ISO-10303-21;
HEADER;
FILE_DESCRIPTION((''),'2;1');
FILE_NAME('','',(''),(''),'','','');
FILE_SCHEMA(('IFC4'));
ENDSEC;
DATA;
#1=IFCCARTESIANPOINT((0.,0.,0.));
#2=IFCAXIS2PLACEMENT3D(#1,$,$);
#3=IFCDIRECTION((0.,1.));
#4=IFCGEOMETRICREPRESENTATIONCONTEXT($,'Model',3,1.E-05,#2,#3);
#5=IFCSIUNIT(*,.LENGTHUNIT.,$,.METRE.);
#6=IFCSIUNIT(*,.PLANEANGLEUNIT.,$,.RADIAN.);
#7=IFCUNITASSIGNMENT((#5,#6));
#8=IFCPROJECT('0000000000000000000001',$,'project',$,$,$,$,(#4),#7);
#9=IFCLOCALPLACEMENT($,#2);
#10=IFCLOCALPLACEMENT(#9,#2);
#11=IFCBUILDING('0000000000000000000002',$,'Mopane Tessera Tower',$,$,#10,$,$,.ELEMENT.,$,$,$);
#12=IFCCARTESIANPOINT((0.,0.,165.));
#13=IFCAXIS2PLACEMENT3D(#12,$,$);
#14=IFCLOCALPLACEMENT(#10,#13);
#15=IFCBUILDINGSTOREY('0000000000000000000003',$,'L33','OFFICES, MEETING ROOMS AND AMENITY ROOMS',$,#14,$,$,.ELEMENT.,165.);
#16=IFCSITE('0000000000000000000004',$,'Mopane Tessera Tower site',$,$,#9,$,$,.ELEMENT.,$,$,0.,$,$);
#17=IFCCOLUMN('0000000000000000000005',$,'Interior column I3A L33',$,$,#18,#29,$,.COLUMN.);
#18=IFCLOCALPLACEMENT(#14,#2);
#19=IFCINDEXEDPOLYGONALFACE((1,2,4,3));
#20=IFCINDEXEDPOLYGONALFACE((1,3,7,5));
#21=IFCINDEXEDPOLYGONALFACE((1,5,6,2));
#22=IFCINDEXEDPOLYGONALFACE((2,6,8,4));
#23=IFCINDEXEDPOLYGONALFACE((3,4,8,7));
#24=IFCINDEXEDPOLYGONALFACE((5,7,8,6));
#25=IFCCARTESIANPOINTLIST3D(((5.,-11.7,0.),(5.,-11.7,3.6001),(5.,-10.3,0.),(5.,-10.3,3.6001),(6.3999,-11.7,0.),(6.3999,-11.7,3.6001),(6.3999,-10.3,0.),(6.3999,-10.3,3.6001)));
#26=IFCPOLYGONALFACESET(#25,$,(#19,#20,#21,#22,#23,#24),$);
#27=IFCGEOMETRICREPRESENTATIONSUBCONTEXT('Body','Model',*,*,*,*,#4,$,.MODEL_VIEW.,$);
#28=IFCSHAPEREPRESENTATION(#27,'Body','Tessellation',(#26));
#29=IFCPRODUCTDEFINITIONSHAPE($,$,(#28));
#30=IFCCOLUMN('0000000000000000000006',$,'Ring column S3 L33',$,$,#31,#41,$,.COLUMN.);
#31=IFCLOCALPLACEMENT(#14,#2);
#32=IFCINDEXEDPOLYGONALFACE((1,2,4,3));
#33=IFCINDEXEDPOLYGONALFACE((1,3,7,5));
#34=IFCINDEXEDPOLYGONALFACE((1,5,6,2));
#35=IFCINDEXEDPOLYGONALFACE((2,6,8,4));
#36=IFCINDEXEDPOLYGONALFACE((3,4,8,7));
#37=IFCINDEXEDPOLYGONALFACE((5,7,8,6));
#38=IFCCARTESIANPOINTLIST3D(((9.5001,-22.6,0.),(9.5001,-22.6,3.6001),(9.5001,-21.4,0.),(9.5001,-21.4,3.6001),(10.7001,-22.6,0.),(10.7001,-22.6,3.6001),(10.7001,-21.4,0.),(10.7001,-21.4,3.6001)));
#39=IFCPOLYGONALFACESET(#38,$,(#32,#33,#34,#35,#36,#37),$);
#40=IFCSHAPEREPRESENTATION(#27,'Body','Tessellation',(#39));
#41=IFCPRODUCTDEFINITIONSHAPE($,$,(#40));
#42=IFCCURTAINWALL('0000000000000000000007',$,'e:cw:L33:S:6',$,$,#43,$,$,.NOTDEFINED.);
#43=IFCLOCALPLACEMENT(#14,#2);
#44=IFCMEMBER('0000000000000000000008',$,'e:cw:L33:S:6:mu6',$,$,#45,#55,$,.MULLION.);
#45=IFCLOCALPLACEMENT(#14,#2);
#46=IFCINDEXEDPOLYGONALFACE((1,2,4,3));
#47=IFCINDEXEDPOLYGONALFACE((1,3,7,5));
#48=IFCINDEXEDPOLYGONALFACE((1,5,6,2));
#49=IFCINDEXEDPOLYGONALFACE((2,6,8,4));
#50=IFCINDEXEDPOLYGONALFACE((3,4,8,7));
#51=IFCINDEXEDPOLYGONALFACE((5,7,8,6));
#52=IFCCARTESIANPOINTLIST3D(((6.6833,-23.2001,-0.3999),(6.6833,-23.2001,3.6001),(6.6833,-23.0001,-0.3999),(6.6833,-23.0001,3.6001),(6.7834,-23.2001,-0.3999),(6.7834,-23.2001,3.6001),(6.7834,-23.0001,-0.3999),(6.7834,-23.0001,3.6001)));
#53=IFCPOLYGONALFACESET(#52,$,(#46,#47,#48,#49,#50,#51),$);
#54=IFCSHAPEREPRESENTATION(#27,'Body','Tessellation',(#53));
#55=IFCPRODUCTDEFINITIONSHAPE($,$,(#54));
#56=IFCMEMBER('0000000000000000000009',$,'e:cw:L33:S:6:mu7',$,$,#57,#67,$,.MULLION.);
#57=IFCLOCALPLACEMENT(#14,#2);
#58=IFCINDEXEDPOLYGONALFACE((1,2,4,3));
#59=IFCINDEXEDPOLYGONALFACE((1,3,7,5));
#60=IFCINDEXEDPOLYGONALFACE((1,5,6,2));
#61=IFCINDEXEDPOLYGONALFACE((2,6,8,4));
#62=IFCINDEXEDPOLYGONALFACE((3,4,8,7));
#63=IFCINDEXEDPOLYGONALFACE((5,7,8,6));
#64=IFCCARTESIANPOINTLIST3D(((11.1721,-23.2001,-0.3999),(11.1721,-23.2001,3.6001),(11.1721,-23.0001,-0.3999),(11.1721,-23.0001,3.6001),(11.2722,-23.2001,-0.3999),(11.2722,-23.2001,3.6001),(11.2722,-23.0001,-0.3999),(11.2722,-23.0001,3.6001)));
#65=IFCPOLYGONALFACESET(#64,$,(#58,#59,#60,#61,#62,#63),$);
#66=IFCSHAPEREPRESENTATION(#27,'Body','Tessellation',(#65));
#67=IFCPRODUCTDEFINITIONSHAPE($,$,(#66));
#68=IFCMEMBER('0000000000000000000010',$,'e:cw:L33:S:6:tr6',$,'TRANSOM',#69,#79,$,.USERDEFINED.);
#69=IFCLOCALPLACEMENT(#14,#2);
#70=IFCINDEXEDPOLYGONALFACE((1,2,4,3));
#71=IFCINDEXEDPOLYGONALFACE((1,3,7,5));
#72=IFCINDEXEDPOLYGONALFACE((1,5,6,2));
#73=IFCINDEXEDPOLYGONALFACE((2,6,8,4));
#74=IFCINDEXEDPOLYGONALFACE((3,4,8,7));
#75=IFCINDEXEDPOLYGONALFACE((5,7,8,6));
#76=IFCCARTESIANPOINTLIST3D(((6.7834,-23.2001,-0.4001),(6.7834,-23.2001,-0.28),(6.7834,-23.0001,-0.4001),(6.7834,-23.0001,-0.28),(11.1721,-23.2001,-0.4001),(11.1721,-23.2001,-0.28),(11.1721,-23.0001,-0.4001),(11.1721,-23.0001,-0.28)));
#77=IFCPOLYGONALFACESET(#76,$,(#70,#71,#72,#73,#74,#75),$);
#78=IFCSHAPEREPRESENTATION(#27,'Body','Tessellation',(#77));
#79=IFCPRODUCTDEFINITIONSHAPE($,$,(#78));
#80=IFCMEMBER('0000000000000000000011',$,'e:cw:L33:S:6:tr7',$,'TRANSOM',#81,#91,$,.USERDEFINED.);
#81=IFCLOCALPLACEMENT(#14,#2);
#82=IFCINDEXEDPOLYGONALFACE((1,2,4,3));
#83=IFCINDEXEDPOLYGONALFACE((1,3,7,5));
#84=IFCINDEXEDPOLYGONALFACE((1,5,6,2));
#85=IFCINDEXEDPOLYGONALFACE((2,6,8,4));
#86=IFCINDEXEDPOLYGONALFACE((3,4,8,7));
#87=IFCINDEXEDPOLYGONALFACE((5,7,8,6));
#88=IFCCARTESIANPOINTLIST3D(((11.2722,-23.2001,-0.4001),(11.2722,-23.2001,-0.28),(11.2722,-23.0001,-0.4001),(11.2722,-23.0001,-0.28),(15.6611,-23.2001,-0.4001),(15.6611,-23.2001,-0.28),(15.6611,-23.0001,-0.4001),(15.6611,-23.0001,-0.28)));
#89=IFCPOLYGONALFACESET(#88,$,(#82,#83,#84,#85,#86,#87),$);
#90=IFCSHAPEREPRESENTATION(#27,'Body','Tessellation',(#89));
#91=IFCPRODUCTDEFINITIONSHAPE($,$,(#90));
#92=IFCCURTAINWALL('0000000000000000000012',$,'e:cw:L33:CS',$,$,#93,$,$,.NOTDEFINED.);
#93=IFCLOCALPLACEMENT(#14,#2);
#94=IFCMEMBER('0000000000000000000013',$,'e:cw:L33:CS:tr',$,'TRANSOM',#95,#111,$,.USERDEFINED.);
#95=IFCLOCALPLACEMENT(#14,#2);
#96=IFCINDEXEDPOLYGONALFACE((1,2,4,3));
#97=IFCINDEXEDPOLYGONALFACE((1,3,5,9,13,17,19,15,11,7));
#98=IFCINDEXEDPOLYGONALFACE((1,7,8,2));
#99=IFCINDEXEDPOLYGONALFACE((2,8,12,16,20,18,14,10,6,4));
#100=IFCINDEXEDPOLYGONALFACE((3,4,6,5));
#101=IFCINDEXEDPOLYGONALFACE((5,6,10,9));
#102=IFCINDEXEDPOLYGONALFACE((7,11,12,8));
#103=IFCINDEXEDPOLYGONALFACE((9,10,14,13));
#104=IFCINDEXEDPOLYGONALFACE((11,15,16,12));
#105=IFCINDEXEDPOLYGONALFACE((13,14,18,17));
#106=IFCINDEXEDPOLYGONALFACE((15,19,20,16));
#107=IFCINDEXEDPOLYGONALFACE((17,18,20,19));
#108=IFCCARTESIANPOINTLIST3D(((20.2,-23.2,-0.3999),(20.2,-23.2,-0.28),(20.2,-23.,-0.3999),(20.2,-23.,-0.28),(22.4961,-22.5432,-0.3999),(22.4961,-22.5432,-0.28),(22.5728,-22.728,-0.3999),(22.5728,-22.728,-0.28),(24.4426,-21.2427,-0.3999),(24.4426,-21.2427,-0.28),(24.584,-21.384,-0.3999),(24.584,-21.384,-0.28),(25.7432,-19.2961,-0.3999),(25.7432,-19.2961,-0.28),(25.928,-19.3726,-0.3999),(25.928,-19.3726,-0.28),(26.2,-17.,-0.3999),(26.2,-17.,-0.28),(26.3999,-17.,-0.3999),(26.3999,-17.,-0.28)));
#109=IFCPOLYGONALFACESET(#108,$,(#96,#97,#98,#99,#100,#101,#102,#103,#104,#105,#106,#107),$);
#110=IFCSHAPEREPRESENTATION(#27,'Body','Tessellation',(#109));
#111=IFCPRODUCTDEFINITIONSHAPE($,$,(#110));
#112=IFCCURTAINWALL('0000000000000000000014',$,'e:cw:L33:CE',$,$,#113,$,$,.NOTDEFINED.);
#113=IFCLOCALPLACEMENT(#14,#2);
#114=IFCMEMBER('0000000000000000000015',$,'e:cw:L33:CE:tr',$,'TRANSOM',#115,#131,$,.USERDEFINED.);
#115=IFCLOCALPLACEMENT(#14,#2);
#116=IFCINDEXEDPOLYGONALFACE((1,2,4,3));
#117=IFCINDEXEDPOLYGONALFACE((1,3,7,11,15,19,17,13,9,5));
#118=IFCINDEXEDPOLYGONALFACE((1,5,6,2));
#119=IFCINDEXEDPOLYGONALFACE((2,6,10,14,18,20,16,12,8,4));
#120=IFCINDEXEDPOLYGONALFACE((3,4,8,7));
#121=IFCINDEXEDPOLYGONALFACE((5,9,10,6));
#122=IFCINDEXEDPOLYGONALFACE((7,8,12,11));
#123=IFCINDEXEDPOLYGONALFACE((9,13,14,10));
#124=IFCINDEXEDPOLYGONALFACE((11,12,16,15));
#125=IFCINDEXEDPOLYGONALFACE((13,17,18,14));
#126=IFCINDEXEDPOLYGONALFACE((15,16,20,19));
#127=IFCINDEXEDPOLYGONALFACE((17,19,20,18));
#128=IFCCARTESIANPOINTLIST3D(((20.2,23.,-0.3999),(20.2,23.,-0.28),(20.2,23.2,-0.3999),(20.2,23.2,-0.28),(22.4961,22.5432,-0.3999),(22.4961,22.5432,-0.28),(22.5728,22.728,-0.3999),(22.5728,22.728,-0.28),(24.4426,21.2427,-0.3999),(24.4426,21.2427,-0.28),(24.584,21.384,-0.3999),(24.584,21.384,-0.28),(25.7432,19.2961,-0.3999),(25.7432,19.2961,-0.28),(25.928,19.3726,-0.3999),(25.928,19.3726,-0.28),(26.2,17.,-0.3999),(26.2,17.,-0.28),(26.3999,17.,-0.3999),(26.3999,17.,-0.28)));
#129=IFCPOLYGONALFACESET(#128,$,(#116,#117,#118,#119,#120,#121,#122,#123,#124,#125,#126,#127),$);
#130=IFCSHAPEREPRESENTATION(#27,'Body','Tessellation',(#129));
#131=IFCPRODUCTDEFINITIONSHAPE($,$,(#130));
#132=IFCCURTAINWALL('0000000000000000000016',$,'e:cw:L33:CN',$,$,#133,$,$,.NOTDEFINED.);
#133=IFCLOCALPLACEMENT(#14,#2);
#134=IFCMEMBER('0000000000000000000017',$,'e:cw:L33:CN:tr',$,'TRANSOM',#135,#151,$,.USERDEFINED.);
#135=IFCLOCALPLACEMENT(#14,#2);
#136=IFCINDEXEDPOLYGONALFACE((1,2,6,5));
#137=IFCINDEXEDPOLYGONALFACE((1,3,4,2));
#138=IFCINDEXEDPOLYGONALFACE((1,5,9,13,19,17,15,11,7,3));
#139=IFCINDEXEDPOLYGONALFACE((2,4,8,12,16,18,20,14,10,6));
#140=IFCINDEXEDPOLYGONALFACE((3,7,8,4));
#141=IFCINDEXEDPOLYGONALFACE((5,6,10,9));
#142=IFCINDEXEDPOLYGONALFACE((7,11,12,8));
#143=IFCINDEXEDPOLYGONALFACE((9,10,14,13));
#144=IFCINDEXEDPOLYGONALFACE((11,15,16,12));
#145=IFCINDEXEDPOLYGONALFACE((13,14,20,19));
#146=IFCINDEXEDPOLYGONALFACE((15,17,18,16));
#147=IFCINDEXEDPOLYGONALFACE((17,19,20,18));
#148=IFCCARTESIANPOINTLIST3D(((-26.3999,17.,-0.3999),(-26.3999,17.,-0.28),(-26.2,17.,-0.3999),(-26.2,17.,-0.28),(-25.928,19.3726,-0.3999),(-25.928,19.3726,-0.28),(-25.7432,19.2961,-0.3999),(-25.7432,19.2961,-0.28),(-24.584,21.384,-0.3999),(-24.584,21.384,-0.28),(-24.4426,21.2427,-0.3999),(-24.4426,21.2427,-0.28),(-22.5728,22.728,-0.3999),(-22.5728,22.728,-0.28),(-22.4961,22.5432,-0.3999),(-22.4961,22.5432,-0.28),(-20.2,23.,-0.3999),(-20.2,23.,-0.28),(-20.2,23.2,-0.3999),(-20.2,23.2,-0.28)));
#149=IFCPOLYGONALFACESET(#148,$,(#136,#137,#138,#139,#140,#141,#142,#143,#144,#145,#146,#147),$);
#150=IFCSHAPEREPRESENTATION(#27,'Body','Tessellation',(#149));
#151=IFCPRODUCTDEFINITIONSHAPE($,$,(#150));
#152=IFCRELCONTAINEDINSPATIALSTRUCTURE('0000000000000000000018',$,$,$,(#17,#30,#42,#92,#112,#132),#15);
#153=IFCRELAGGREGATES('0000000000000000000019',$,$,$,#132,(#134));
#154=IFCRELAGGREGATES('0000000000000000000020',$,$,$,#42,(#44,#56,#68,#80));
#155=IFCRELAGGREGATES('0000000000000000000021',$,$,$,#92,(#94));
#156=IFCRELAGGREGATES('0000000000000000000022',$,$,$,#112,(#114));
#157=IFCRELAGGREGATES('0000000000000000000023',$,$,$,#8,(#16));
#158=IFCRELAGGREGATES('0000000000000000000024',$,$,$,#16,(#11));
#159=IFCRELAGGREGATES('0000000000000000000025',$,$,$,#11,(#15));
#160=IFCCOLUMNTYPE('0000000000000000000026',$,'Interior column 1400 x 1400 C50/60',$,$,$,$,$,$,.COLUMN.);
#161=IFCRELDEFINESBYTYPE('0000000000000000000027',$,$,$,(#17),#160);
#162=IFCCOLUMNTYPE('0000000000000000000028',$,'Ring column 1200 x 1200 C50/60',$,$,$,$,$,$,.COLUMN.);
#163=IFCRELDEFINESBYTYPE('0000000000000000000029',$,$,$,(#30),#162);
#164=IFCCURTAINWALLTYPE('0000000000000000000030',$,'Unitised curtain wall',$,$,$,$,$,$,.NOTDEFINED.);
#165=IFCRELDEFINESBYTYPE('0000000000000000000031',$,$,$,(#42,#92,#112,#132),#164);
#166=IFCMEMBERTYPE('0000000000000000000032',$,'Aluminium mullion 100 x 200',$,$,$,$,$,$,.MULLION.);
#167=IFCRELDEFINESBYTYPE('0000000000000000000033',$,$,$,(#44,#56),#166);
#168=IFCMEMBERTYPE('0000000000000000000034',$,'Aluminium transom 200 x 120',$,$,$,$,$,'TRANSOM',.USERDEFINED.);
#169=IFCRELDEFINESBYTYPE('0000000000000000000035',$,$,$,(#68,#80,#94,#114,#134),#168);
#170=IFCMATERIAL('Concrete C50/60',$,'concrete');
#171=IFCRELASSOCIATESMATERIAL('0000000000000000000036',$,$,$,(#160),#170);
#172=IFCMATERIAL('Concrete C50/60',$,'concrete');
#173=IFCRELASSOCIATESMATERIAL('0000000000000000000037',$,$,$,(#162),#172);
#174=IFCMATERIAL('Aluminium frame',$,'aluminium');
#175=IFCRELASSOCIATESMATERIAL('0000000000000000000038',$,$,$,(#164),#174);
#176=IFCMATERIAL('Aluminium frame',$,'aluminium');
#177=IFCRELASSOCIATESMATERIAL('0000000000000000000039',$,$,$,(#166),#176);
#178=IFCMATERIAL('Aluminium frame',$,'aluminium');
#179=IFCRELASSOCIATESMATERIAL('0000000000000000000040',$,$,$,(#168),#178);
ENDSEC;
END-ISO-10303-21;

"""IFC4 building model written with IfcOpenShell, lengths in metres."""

from ifc_helpers import new_model, si_unit, direction, frame, origin, origin_2d, place, context, subcontext, project, spatial, polyline, rectangle, outline, extrude, material, material_profile, profile_set, type_object, element, aggregate, save


model = new_model("IFC4")

# Units and contexts
model_context = context("Model", 3, precision=1e-05, world=origin(), true_north=direction((0.0, 1.0)))
body_context = subcontext(model_context, "Body", "Model", "MODEL_VIEW")
ifc_project = project(units=[si_unit("LENGTHUNIT", "METRE"), si_unit("PLANEANGLEUNIT", "RADIAN")], contexts=[model_context])

# Site, building, storey
site_placement = place(None, origin())
site = spatial("IfcSite", under=ifc_project, at=site_placement, Name="Mopane Tessera Tower site", CompositionType="ELEMENT", RefElevation=0.0)
building_placement = place(site_placement, origin())
building = spatial("IfcBuilding", under=site, at=building_placement, Name="Mopane Tessera Tower", CompositionType="ELEMENT")
storey_placement = place(building_placement, frame((0.0, 0.0, 165.0)))
storey = spatial("IfcBuildingStorey", under=building, at=storey_placement, Name="L33", Description="OFFICES, MEETING ROOMS AND AMENITY ROOMS", CompositionType="ELEMENT", Elevation=165.0)

# Columns
ifc_material_1 = material(Name="Concrete C50/60", Category="concrete")
ifc_material_profile_1 = material_profile(ifc_material_1, rectangle(XDim=1.3999, YDim=1.3999, at=origin_2d()))
ifc_profile_set_1 = profile_set([ifc_material_profile_1], Name="Concrete C50/60")
column_type_1 = type_object("IfcColumnType", Name="Interior column 1400 x 1400 C50/60", PredefinedType="COLUMN", material=ifc_profile_set_1)
column_1_placement = place(storey_placement, frame((5.7, -11.0, 0.0), z_axis=(0.0, 0.0, 1.0), x_axis=(1.0, 0.0, 0.0)))
element("IfcColumn", 1, at=column_1_placement, inside=storey, type_object=column_type_1, Name="Interior column I3A L33", PredefinedType="COLUMN", context=body_context, shape_type="SweptSolid", body=[
    extrude(rectangle(XDim=1.3999, YDim=1.3999, at=origin_2d()), origin(), (0.0, 0.0, 1.0), 3.6001),
])
ifc_material_2 = material(Name="Concrete C50/60", Category="concrete")
ifc_material_profile_2 = material_profile(ifc_material_2, rectangle(XDim=1.2, YDim=1.2, at=origin_2d()))
ifc_profile_set_2 = profile_set([ifc_material_profile_2], Name="Concrete C50/60")
column_type_2 = type_object("IfcColumnType", Name="Ring column 1200 x 1200 C50/60", PredefinedType="COLUMN", material=ifc_profile_set_2)
column_2_placement = place(storey_placement, frame((10.1001, -22.0, 0.0), z_axis=(0.0, 0.0, 1.0), x_axis=(1.0, 0.0, 0.0)))
element("IfcColumn", 2, at=column_2_placement, inside=storey, type_object=column_type_2, Name="Ring column S3 L33", PredefinedType="COLUMN", context=body_context, shape_type="SweptSolid", body=[
    extrude(rectangle(XDim=1.2, YDim=1.2, at=origin_2d()), origin(), (0.0, 0.0, 1.0), 3.6001),
])

# Curtain wall, members
ifc_material_3 = material(Name="Aluminium frame", Category="aluminium")
curtain_wall_type = type_object("IfcCurtainWallType", Name="Unitised curtain wall", PredefinedType="NOTDEFINED", material=ifc_material_3)
curtain_wall_1_placement = place(storey_placement, origin())
curtain_wall_1 = element("IfcCurtainWall", 3, at=curtain_wall_1_placement, inside=storey, type_object=curtain_wall_type, Name="e:cw:L33:S:6", PredefinedType="NOTDEFINED")
ifc_material_4 = material(Name="Aluminium frame", Category="aluminium")
ifc_material_profile_3 = material_profile(ifc_material_4, rectangle(XDim=0.1001, YDim=0.2, at=origin_2d()))
ifc_profile_set_3 = profile_set([ifc_material_profile_3], Name="Aluminium frame")
member_type_1 = type_object("IfcMemberType", Name="Aluminium mullion 100 x 200", PredefinedType="MULLION", material=ifc_profile_set_3)
member_1_placement = place(storey_placement, frame((6.7334, -23.1001, -0.3999), z_axis=(0.0, 0.0, 1.0), x_axis=(1.0, 0.0, 0.0)))
member_1 = element("IfcMember", 4, at=member_1_placement, type_object=member_type_1, Name="e:cw:L33:S:6:mu6", PredefinedType="MULLION", context=body_context, shape_type="SweptSolid", body=[
    extrude(rectangle(XDim=0.1001, YDim=0.2, at=origin_2d()), origin(), (0.0, 0.0, 1.0), 4.0),
])
member_2_placement = place(storey_placement, frame((11.2222, -23.1001, -0.3999), z_axis=(0.0, 0.0, 1.0), x_axis=(1.0, 0.0, 0.0)))
member_2 = element("IfcMember", 5, at=member_2_placement, type_object=member_type_1, Name="e:cw:L33:S:6:mu7", PredefinedType="MULLION", context=body_context, shape_type="SweptSolid", body=[
    extrude(rectangle(XDim=0.1001, YDim=0.2, at=origin_2d()), origin(), (0.0, 0.0, 1.0), 4.0),
])
ifc_material_5 = material(Name="Aluminium frame", Category="aluminium")
ifc_material_profile_4 = material_profile(ifc_material_5, rectangle(XDim=0.2, YDim=0.1201, at=origin_2d()))
ifc_profile_set_4 = profile_set([ifc_material_profile_4], Name="Aluminium frame")
member_type_2 = type_object("IfcMemberType", Name="Aluminium transom 200 x 120", ElementType="TRANSOM", PredefinedType="USERDEFINED", material=ifc_profile_set_4)
member_3_placement = place(storey_placement, frame((6.7834, -23.1001, -0.3401), z_axis=(1.0, 0.0, 0.0), x_axis=(0.0, 1.0, 0.0)))
member_3 = element("IfcMember", 6, at=member_3_placement, type_object=member_type_2, Name="e:cw:L33:S:6:tr6", ObjectType="TRANSOM", PredefinedType="USERDEFINED", context=body_context, shape_type="SweptSolid", body=[
    extrude(rectangle(XDim=0.2, YDim=0.1201, at=origin_2d()), origin(), (0.0, 0.0, 1.0), 4.3887),
])
member_4_placement = place(storey_placement, frame((11.2722, -23.1001, -0.3401), z_axis=(1.0, 0.0, 0.0), x_axis=(0.0, 1.0, 0.0)))
member_4 = element("IfcMember", 7, at=member_4_placement, type_object=member_type_2, Name="e:cw:L33:S:6:tr7", ObjectType="TRANSOM", PredefinedType="USERDEFINED", context=body_context, shape_type="SweptSolid", body=[
    extrude(rectangle(XDim=0.2, YDim=0.1201, at=origin_2d()), origin(), (0.0, 0.0, 1.0), 4.3889),
])

# Curtain walls, members
curtain_wall_2_placement = place(storey_placement, origin())
curtain_wall_2 = element("IfcCurtainWall", 8, at=curtain_wall_2_placement, inside=storey, type_object=curtain_wall_type, Name="e:cw:L33:CS", PredefinedType="NOTDEFINED")
member_5_placement = place(storey_placement, frame((0.0, 0.0, -0.3999)))
member_5 = element("IfcMember", 9, at=member_5_placement, type_object=member_type_2, Name="e:cw:L33:CS:tr", ObjectType="TRANSOM", PredefinedType="USERDEFINED", context=body_context, shape_type="SweptSolid", body=[
    extrude(outline(polyline([(20.2, -23.0), (22.4961, -22.5432), (24.4426, -21.2427), (25.7432, -19.2961), (26.2, -17.0), (26.3999, -17.0), (25.928, -19.3726), (24.584, -21.384), (22.5728, -22.728), (20.2, -23.2), (20.2, -23.0)])), origin(), (0.0, 0.0, 1.0), 0.1199),
])
curtain_wall_3_placement = place(storey_placement, origin())
curtain_wall_3 = element("IfcCurtainWall", 10, at=curtain_wall_3_placement, inside=storey, type_object=curtain_wall_type, Name="e:cw:L33:CE", PredefinedType="NOTDEFINED")
member_6_placement = place(storey_placement, frame((0.0, 0.0, -0.3999)))
member_6 = element("IfcMember", 11, at=member_6_placement, type_object=member_type_2, Name="e:cw:L33:CE:tr", ObjectType="TRANSOM", PredefinedType="USERDEFINED", context=body_context, shape_type="SweptSolid", body=[
    extrude(outline(polyline([(26.2, 17.0), (25.7432, 19.2961), (24.4426, 21.2427), (22.4961, 22.5432), (20.2, 23.0), (20.2, 23.2), (22.5728, 22.728), (24.584, 21.384), (25.928, 19.3726), (26.3999, 17.0), (26.2, 17.0)])), origin(), (0.0, 0.0, 1.0), 0.1199),
])
curtain_wall_4_placement = place(storey_placement, origin())
curtain_wall_4 = element("IfcCurtainWall", 12, at=curtain_wall_4_placement, inside=storey, type_object=curtain_wall_type, Name="e:cw:L33:CN", PredefinedType="NOTDEFINED")
member_7_placement = place(storey_placement, frame((0.0, 0.0, -0.3999)))
member_7 = element("IfcMember", 13, at=member_7_placement, type_object=member_type_2, Name="e:cw:L33:CN:tr", ObjectType="TRANSOM", PredefinedType="USERDEFINED", context=body_context, shape_type="SweptSolid", body=[
    extrude(outline(polyline([(-20.2, 23.0), (-22.4961, 22.5432), (-24.4426, 21.2427), (-25.7432, 19.2961), (-26.2, 17.0), (-26.3999, 17.0), (-25.928, 19.3726), (-24.584, 21.384), (-22.5728, 22.728), (-20.2, 23.2), (-20.2, 23.0)])), origin(), (0.0, 0.0, 1.0), 0.1199),
])
aggregate(curtain_wall_4, [member_7])

aggregate(curtain_wall_1, [member_1, member_2, member_3, member_4])
aggregate(curtain_wall_2, [member_5])
aggregate(curtain_wall_3, [member_6])

save(model, "model.ifc")
